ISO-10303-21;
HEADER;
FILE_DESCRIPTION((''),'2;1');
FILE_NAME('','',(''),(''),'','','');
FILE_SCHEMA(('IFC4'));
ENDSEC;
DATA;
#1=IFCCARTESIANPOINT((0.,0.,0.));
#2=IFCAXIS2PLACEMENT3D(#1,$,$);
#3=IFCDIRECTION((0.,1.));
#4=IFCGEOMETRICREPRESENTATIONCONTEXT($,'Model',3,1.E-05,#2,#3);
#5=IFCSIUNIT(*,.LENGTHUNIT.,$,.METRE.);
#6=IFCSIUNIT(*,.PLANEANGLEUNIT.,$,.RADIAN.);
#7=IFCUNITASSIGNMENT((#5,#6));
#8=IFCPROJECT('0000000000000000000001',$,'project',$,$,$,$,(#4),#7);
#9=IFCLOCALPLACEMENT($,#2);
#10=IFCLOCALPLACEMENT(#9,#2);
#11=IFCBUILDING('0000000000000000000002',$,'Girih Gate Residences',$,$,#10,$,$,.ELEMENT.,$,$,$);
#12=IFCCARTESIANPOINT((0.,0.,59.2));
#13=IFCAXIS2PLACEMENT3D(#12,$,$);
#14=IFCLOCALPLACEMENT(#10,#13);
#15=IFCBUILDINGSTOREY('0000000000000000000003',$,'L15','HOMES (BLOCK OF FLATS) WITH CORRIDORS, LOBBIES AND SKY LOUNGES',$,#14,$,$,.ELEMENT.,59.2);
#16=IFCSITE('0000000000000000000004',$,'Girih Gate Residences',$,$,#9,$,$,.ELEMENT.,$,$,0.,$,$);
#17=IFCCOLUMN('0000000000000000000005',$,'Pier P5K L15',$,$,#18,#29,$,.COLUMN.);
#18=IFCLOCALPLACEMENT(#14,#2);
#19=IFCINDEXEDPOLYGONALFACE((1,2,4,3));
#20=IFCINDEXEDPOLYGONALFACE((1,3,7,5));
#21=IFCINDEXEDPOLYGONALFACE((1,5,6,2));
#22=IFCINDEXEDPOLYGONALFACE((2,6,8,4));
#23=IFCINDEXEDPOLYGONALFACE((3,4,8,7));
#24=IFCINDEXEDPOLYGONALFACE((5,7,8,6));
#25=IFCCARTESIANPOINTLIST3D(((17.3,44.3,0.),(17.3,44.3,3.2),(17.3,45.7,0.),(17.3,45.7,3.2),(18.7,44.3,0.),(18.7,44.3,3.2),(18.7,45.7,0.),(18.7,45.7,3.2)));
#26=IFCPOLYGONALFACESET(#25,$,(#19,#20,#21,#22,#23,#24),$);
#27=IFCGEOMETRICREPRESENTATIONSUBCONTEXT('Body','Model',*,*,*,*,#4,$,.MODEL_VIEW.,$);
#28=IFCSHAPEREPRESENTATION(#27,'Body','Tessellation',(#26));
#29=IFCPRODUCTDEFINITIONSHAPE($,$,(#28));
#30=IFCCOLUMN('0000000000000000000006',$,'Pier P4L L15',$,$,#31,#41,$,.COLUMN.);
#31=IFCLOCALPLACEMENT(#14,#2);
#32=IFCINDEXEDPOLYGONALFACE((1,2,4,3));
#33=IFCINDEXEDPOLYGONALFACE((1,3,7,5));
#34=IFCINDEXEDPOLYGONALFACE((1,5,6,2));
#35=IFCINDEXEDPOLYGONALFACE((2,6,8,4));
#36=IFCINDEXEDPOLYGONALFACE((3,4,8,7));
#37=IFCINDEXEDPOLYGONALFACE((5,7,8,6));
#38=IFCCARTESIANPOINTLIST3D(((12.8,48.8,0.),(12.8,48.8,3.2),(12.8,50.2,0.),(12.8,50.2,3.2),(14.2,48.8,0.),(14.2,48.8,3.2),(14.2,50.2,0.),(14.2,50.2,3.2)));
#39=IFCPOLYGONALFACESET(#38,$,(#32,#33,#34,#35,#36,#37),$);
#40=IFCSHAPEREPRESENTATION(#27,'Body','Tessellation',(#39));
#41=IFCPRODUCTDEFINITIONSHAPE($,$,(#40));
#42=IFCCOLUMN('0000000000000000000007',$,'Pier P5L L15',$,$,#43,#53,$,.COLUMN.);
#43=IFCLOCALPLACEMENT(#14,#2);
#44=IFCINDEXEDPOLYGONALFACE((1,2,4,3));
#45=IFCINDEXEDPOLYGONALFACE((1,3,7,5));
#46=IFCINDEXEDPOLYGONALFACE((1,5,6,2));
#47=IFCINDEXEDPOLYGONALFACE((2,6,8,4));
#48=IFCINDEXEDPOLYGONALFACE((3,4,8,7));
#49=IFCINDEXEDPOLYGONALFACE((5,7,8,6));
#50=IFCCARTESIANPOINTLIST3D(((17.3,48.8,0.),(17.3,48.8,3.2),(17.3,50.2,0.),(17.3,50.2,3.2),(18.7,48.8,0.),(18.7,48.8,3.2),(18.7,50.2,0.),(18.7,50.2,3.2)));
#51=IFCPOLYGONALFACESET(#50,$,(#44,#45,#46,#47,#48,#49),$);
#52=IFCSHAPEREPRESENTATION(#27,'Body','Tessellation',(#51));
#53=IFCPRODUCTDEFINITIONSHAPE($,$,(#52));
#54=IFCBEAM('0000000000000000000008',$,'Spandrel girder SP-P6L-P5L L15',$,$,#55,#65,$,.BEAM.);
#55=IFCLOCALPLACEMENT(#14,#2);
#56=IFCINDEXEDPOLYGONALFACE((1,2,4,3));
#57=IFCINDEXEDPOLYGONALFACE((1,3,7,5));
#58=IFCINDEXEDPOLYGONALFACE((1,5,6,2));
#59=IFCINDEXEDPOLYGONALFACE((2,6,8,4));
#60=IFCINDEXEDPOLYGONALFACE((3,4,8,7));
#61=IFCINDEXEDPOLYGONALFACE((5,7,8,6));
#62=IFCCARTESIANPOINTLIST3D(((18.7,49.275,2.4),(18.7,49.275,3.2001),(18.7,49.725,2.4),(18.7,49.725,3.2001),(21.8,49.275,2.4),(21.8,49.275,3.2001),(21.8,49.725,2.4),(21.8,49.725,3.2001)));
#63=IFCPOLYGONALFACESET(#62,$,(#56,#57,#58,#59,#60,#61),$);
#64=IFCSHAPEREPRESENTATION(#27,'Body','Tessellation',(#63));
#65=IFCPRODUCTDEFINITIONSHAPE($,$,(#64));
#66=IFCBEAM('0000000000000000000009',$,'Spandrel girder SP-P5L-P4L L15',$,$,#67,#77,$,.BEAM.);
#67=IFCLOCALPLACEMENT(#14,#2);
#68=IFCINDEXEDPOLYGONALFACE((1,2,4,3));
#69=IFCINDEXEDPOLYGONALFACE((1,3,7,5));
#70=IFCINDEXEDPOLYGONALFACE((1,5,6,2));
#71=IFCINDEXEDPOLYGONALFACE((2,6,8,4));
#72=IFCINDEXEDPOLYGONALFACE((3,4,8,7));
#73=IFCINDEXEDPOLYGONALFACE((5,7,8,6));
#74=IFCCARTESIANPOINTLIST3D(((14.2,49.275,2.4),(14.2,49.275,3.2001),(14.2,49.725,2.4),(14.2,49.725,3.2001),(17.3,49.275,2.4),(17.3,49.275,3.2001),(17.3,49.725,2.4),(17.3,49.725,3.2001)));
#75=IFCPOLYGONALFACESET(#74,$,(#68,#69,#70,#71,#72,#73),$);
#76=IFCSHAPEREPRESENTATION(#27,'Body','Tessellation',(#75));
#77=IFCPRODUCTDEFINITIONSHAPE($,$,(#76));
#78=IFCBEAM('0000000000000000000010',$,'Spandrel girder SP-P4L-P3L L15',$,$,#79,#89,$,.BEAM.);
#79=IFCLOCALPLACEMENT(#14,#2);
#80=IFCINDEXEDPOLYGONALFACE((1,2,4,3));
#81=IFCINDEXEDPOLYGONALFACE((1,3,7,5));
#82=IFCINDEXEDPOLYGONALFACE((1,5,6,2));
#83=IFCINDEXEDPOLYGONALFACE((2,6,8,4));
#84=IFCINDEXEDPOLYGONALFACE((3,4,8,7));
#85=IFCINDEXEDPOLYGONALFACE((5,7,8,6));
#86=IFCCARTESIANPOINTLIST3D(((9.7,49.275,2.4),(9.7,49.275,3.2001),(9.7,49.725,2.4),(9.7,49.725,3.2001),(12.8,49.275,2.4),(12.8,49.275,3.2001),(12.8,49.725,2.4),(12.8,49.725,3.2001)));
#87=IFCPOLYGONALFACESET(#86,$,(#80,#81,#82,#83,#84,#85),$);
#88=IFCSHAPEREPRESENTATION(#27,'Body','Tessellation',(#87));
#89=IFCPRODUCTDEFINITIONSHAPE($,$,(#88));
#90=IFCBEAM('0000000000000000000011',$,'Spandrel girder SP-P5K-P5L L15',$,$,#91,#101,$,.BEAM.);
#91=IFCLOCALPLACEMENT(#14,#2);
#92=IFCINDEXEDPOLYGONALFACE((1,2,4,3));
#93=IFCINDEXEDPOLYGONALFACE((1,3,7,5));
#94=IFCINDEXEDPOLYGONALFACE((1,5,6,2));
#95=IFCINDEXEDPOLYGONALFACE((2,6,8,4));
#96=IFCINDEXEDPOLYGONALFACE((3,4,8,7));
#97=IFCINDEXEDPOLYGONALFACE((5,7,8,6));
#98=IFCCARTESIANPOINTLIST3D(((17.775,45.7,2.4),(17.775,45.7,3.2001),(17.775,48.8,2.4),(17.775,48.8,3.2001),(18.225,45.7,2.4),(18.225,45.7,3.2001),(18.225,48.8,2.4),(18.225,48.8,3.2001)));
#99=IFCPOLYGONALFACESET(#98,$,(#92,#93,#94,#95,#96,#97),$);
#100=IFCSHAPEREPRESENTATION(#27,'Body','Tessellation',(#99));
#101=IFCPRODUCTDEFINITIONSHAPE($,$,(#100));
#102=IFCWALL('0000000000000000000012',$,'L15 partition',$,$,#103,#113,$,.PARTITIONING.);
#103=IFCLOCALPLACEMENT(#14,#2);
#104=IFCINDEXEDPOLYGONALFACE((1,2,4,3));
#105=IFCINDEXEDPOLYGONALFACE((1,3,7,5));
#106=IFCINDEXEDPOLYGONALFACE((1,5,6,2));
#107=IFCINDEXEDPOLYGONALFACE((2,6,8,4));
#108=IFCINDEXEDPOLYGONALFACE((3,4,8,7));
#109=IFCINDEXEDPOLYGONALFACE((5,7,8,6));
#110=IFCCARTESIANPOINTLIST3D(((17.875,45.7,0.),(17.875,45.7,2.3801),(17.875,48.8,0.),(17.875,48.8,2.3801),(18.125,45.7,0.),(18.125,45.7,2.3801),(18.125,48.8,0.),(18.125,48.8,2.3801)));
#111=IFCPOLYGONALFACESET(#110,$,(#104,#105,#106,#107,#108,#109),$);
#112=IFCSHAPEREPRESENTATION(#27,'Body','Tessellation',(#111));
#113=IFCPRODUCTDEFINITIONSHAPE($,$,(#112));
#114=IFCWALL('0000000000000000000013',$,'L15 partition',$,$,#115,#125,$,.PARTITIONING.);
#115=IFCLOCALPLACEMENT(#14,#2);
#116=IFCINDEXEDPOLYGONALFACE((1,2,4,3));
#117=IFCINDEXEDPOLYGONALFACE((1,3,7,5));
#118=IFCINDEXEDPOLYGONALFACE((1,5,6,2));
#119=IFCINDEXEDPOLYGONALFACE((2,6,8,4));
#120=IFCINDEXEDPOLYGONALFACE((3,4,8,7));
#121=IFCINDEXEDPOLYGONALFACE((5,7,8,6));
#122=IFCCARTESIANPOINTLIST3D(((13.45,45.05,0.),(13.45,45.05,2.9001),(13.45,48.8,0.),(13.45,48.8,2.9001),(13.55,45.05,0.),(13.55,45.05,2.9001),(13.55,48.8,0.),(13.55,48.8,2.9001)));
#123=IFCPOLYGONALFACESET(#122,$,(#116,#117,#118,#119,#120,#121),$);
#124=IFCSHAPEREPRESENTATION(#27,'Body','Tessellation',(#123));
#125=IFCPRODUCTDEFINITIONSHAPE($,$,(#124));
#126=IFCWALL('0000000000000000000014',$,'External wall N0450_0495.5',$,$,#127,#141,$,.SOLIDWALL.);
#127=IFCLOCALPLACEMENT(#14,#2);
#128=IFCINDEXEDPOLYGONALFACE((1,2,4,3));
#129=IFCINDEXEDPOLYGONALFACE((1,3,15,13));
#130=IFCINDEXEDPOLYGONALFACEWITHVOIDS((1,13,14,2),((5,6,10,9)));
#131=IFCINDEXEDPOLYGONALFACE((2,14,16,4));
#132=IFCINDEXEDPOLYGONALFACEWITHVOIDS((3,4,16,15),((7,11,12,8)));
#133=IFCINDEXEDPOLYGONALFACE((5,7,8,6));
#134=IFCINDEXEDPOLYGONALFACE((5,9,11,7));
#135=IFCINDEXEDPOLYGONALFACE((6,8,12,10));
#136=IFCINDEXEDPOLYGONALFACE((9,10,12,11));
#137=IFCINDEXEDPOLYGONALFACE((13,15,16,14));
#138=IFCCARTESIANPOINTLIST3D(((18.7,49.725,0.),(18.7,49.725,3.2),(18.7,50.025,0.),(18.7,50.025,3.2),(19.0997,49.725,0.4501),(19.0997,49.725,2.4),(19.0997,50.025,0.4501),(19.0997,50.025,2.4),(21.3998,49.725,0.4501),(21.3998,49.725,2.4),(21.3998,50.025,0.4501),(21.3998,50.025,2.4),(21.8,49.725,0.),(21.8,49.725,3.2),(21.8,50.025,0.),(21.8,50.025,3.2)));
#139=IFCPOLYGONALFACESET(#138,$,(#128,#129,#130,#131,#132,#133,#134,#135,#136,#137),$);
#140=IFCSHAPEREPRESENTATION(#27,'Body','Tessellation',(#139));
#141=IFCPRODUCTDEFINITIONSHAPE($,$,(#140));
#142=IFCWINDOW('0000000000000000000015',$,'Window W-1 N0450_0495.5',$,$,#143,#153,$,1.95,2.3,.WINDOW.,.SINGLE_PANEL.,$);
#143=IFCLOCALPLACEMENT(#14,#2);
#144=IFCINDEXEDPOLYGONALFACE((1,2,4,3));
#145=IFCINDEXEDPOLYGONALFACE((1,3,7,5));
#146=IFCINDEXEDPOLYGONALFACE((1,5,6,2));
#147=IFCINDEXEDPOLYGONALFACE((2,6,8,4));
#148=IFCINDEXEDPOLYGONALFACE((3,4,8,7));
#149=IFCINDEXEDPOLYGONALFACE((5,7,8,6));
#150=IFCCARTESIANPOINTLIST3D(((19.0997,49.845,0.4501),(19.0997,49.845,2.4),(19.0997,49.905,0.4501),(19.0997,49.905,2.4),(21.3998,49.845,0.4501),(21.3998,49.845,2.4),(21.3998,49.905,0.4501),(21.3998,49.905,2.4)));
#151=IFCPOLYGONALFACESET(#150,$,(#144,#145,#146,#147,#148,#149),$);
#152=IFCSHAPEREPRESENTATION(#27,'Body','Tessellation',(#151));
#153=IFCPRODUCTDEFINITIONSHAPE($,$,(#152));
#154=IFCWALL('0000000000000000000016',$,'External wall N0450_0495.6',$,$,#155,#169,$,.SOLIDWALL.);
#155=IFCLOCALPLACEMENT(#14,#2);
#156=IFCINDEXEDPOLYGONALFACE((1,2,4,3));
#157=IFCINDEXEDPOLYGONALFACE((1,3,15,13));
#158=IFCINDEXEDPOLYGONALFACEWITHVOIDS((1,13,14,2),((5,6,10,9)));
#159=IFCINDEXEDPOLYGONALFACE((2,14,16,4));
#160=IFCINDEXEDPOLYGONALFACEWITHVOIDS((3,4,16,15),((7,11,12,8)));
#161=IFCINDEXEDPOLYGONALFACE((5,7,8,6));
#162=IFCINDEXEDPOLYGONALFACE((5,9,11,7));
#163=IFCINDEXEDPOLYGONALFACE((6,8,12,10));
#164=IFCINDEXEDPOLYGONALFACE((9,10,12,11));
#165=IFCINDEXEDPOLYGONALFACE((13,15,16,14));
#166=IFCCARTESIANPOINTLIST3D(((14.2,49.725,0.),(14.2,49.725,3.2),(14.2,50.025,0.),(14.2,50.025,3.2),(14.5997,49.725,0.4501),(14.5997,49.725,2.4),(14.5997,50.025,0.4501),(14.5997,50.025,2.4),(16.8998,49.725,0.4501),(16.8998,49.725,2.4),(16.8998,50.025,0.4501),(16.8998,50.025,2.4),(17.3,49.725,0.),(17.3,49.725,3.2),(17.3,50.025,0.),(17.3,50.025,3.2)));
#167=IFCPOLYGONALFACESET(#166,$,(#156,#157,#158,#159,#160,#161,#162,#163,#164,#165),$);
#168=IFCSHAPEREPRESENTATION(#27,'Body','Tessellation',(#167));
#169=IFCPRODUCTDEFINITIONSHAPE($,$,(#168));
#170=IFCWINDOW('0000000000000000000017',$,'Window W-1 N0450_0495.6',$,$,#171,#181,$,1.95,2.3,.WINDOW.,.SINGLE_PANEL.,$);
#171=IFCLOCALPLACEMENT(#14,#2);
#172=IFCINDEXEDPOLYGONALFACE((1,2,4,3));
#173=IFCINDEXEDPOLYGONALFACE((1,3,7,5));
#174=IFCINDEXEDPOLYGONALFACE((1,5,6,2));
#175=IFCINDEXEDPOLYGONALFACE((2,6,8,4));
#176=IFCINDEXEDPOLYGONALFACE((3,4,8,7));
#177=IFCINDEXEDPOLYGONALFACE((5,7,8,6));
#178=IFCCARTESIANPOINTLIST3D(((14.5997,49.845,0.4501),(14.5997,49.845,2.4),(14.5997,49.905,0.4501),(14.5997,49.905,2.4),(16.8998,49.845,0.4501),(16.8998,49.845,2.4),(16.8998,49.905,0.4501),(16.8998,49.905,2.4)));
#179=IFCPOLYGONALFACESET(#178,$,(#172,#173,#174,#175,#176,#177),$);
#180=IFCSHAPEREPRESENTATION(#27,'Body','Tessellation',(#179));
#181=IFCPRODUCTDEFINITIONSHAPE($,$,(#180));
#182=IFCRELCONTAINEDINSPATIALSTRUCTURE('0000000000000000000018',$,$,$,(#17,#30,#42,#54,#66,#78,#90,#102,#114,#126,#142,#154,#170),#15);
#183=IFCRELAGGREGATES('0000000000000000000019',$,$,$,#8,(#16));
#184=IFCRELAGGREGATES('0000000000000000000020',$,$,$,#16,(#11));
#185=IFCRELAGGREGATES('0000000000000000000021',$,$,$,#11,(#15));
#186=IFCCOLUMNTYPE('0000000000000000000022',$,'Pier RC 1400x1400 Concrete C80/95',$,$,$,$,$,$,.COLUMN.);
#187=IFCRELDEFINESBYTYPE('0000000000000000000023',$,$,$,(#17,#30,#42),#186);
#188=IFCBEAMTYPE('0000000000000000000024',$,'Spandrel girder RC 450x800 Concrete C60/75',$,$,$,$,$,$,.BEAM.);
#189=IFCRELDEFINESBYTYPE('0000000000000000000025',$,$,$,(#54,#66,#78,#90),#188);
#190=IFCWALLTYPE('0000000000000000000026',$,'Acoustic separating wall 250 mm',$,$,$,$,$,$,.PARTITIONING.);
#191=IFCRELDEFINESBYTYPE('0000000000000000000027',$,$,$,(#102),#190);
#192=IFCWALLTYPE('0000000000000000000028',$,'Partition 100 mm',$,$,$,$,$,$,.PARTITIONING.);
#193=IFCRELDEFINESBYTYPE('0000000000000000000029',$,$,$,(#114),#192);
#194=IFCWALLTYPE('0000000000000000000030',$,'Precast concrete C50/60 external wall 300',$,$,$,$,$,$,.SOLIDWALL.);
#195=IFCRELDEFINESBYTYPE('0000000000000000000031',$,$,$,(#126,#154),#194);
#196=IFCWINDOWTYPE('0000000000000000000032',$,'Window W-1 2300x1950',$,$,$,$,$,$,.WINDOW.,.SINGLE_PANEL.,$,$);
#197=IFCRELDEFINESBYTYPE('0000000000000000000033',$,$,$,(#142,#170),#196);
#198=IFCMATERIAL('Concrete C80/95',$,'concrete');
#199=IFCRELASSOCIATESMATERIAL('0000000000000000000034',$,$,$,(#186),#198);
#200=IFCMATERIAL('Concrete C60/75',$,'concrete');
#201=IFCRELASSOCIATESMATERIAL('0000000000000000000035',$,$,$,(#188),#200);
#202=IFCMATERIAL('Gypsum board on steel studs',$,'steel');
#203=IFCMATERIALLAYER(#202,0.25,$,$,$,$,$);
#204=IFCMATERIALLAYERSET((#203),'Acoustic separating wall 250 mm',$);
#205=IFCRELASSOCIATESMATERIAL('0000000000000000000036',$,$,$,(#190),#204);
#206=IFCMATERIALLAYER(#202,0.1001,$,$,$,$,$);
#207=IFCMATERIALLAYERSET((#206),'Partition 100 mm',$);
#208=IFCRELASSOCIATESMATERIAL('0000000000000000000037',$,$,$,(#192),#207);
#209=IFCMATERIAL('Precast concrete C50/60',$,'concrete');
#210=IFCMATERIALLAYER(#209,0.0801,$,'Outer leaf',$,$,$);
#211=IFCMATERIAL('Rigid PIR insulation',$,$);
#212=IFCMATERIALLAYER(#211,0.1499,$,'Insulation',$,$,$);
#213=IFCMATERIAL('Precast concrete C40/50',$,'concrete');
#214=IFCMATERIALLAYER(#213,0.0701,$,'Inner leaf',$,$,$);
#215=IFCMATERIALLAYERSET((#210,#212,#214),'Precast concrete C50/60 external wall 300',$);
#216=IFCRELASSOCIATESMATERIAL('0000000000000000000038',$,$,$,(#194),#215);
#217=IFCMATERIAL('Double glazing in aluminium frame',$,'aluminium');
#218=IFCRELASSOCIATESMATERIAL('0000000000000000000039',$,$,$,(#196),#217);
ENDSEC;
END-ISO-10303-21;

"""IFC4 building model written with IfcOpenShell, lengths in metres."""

from ifc_helpers import new_model, si_unit, direction, frame, frame_2d, origin, origin_2d, place, context, subcontext, project, spatial, rectangle, extrude, material, layer, layer_set, material_profile, profile_set, type_object, element, fill, save


model = new_model("IFC4")

# Units and contexts
model_context = context("Model", 3, precision=1e-05, world=origin(), true_north=direction((0.0, 1.0)))
body_context = subcontext(model_context, "Body", "Model", "MODEL_VIEW")
ifc_project = project(units=[si_unit("LENGTHUNIT", "METRE"), si_unit("PLANEANGLEUNIT", "RADIAN")], contexts=[model_context])

# Site, building, storey
site_placement = place(None, origin())
site = spatial("IfcSite", under=ifc_project, at=site_placement, Name="Girih Gate Residences", CompositionType="ELEMENT", RefElevation=0.0)
building_placement = place(site_placement, origin())
building = spatial("IfcBuilding", under=site, at=building_placement, Name="Girih Gate Residences", CompositionType="ELEMENT")
storey_placement = place(building_placement, frame((0.0, 0.0, 59.2)))
storey = spatial("IfcBuildingStorey", under=building, at=storey_placement, Name="L15", Description="HOMES (BLOCK OF FLATS) WITH CORRIDORS, LOBBIES AND SKY LOUNGES", CompositionType="ELEMENT", Elevation=59.2)

# Columns
ifc_material_1 = material(Name="Concrete C80/95", Category="concrete")
ifc_material_profile_1 = material_profile(ifc_material_1, rectangle(XDim=1.3999, YDim=1.3999, at=origin_2d()))
ifc_profile_set_1 = profile_set([ifc_material_profile_1], Name="Concrete C80/95")
column_type = type_object("IfcColumnType", Name="Pier RC 1400x1400 Concrete C80/95", PredefinedType="COLUMN", material=ifc_profile_set_1)
for number, where, z_axis, x_axis, name in (
    (1, (18.0, 45.0, 0.0), (0.0, 0.0, 1.0), (1.0, 0.0, 0.0), "Pier P5K L15"),
    (2, (13.5, 49.5, 0.0), (0.0, 0.0, 1.0), (1.0, 0.0, 0.0), "Pier P4L L15"),
    (3, (18.0, 49.5, 0.0), (0.0, 0.0, 1.0), (1.0, 0.0, 0.0), "Pier P5L L15"),
):
    element("IfcColumn", number, at=place(storey_placement, frame(where, z_axis=z_axis, x_axis=x_axis)), inside=storey, type_object=column_type, Name=name, PredefinedType="COLUMN", context=body_context, shape_type="SweptSolid", body=[
        extrude(rectangle(XDim=1.3999, YDim=1.3999, at=origin_2d()), origin(), (0.0, 0.0, 1.0), 3.2),
    ])

# Beams
ifc_material_2 = material(Name="Concrete C60/75", Category="concrete")
ifc_material_profile_2 = material_profile(ifc_material_2, rectangle(XDim=0.45, YDim=0.8, at=origin_2d()))
ifc_profile_set_2 = profile_set([ifc_material_profile_2], Name="Concrete C60/75")
beam_type = type_object("IfcBeamType", Name="Spandrel girder RC 450x800 Concrete C60/75", PredefinedType="BEAM", material=ifc_profile_set_2)
for number, where, z_axis, x_axis, name in (
    (4, (21.8, 49.5, 2.8), (-1.0, 0.0, 0.0), (0.0, -1.0, 0.0), "Spandrel girder SP-P6L-P5L L15"),
    (5, (17.3, 49.5, 2.8), (-1.0, 0.0, 0.0), (0.0, -1.0, 0.0), "Spandrel girder SP-P5L-P4L L15"),
    (6, (12.8, 49.5, 2.8), (-1.0, 0.0, 0.0), (0.0, -1.0, 0.0), "Spandrel girder SP-P4L-P3L L15"),
    (7, (18.0, 45.7, 2.8), (0.0, 1.0, 0.0), (-1.0, 0.0, 0.0), "Spandrel girder SP-P5K-P5L L15"),
):
    element("IfcBeam", number, at=place(storey_placement, frame(where, z_axis=z_axis, x_axis=x_axis)), inside=storey, type_object=beam_type, Name=name, PredefinedType="BEAM", context=body_context, shape_type="SweptSolid", body=[
        extrude(rectangle(XDim=0.45, YDim=0.8, at=origin_2d()), origin(), (0.0, 0.0, 1.0), 3.1001),
    ])

# Walls
ifc_material_3 = material(Name="Gypsum board on steel studs", Category="steel")
ifc_layer_1 = layer(ifc_material_3, 0.25)
ifc_layer_set_1 = layer_set([ifc_layer_1], Name="Acoustic separating wall 250 mm")
wall_type_1 = type_object("IfcWallType", Name="Acoustic separating wall 250 mm", PredefinedType="PARTITIONING", material=ifc_layer_set_1)
wall_1_placement = place(storey_placement, frame((18.0, 45.7, 0.0), z_axis=(0.0, 0.0, 1.0), x_axis=(0.0, 1.0, 0.0)))
element("IfcWall", 8, at=wall_1_placement, inside=storey, type_object=wall_type_1, Name="L15 partition", PredefinedType="PARTITIONING", context=body_context, shape_type="SweptSolid", body=[
    extrude(rectangle(XDim=3.1001, YDim=0.25, at=frame_2d((1.55, 0.0))), origin(), (0.0, 0.0, 1.0), 2.3801),
])
ifc_layer_2 = layer(ifc_material_3, 0.1001)
ifc_layer_set_2 = layer_set([ifc_layer_2], Name="Partition 100 mm")
wall_type_2 = type_object("IfcWallType", Name="Partition 100 mm", PredefinedType="PARTITIONING", material=ifc_layer_set_2)
wall_2_placement = place(storey_placement, frame((13.5, 45.05, 0.0), z_axis=(0.0, 0.0, 1.0), x_axis=(0.0, 1.0, 0.0)))
element("IfcWall", 9, at=wall_2_placement, inside=storey, type_object=wall_type_2, Name="L15 partition", PredefinedType="PARTITIONING", context=body_context, shape_type="SweptSolid", body=[
    extrude(rectangle(XDim=3.75, YDim=0.1001, at=frame_2d((1.875, 0.0))), origin(), (0.0, 0.0, 1.0), 2.9001),
])

# Walls, openings, windows
ifc_material_4 = material(Name="Precast concrete C50/60", Category="concrete")
ifc_layer_3 = layer(ifc_material_4, 0.0801, Name="Outer leaf")
ifc_material_5 = material(Name="Rigid PIR insulation")
ifc_layer_4 = layer(ifc_material_5, 0.1499, Name="Insulation")
ifc_material_6 = material(Name="Precast concrete C40/50", Category="concrete")
ifc_layer_5 = layer(ifc_material_6, 0.0701, Name="Inner leaf")
ifc_layer_set_3 = layer_set([ifc_layer_3, ifc_layer_4, ifc_layer_5], Name="Precast concrete C50/60 external wall 300")
wall_type_3 = type_object("IfcWallType", Name="Precast concrete C50/60 external wall 300", PredefinedType="SOLIDWALL", material=ifc_layer_set_3)
wall_3_placement = place(storey_placement, frame((18.7, 49.875, 0.0), z_axis=(0.0, 0.0, 1.0), x_axis=(1.0, 0.0, 0.0)))
wall_3 = element("IfcWall", 10, at=wall_3_placement, inside=storey, type_object=wall_type_3, Name="External wall N0450_0495.5", PredefinedType="SOLIDWALL", context=body_context, shape_type="SweptSolid", body=[
    extrude(rectangle(XDim=3.1001, YDim=0.3, at=frame_2d((1.55, 0.0))), origin(), (0.0, 0.0, 1.0), 3.2),
])
opening_1_placement = place(wall_3_placement, frame((0.3999, 0.0, 0.45)))
opening_1 = element("IfcOpeningElement", 11, at=opening_1_placement, cuts=wall_3, PredefinedType="OPENING", context=body_context, shape_type="SweptSolid", body=[
    extrude(rectangle(XDim=2.3, YDim=1.95, at=frame_2d((1.1499, 0.9751))), frame((0.0, 0.1599, 0.0), z_axis=(0.0, -1.0, 0.0), x_axis=(1.0, 0.0, 0.0)), (0.0, 0.0, 1.0), 0.3201),
])
ifc_material_7 = material(Name="Double glazing in aluminium frame", Category="aluminium")
window_type = type_object("IfcWindowType", Name="Window W-1 2300x1950", PartitioningType="SINGLE_PANEL", PredefinedType="WINDOW", material=ifc_material_7)
window_1_placement = place(opening_1_placement, origin())
window_1 = element("IfcWindow", 12, at=window_1_placement, inside=storey, type_object=window_type, Name="Window W-1 N0450_0495.5", OverallHeight=1.95, OverallWidth=2.3, PartitioningType="SINGLE_PANEL", PredefinedType="WINDOW", context=body_context, shape_type="SweptSolid", body=[
    extrude(rectangle(XDim=2.3, YDim=1.95, at=frame_2d((1.1499, 0.9751))), frame((0.0, 0.03, 0.0), z_axis=(0.0, -1.0, 0.0), x_axis=(1.0, 0.0, 0.0)), (0.0, 0.0, 1.0), 0.0601),
])
fill(opening_1, window_1)
wall_4_placement = place(storey_placement, frame((14.2, 49.875, 0.0), z_axis=(0.0, 0.0, 1.0), x_axis=(1.0, 0.0, 0.0)))
wall_4 = element("IfcWall", 13, at=wall_4_placement, inside=storey, type_object=wall_type_3, Name="External wall N0450_0495.6", PredefinedType="SOLIDWALL", context=body_context, shape_type="SweptSolid", body=[
    extrude(rectangle(XDim=3.1001, YDim=0.3, at=frame_2d((1.55, 0.0))), origin(), (0.0, 0.0, 1.0), 3.2),
])
opening_2_placement = place(wall_4_placement, frame((0.3999, 0.0, 0.45)))
opening_2 = element("IfcOpeningElement", 14, at=opening_2_placement, cuts=wall_4, PredefinedType="OPENING", context=body_context, shape_type="SweptSolid", body=[
    extrude(rectangle(XDim=2.3, YDim=1.95, at=frame_2d((1.1499, 0.9751))), frame((0.0, 0.1599, 0.0), z_axis=(0.0, -1.0, 0.0), x_axis=(1.0, 0.0, 0.0)), (0.0, 0.0, 1.0), 0.3201),
])
window_2_placement = place(opening_2_placement, origin())
window_2 = element("IfcWindow", 15, at=window_2_placement, inside=storey, type_object=window_type, Name="Window W-1 N0450_0495.6", OverallHeight=1.95, OverallWidth=2.3, PartitioningType="SINGLE_PANEL", PredefinedType="WINDOW", context=body_context, shape_type="SweptSolid", body=[
    extrude(rectangle(XDim=2.3, YDim=1.95, at=frame_2d((1.1499, 0.9751))), frame((0.0, 0.03, 0.0), z_axis=(0.0, -1.0, 0.0), x_axis=(1.0, 0.0, 0.0)), (0.0, 0.0, 1.0), 0.0601),
])
fill(opening_2, window_2)

save(model, "model.ifc")
